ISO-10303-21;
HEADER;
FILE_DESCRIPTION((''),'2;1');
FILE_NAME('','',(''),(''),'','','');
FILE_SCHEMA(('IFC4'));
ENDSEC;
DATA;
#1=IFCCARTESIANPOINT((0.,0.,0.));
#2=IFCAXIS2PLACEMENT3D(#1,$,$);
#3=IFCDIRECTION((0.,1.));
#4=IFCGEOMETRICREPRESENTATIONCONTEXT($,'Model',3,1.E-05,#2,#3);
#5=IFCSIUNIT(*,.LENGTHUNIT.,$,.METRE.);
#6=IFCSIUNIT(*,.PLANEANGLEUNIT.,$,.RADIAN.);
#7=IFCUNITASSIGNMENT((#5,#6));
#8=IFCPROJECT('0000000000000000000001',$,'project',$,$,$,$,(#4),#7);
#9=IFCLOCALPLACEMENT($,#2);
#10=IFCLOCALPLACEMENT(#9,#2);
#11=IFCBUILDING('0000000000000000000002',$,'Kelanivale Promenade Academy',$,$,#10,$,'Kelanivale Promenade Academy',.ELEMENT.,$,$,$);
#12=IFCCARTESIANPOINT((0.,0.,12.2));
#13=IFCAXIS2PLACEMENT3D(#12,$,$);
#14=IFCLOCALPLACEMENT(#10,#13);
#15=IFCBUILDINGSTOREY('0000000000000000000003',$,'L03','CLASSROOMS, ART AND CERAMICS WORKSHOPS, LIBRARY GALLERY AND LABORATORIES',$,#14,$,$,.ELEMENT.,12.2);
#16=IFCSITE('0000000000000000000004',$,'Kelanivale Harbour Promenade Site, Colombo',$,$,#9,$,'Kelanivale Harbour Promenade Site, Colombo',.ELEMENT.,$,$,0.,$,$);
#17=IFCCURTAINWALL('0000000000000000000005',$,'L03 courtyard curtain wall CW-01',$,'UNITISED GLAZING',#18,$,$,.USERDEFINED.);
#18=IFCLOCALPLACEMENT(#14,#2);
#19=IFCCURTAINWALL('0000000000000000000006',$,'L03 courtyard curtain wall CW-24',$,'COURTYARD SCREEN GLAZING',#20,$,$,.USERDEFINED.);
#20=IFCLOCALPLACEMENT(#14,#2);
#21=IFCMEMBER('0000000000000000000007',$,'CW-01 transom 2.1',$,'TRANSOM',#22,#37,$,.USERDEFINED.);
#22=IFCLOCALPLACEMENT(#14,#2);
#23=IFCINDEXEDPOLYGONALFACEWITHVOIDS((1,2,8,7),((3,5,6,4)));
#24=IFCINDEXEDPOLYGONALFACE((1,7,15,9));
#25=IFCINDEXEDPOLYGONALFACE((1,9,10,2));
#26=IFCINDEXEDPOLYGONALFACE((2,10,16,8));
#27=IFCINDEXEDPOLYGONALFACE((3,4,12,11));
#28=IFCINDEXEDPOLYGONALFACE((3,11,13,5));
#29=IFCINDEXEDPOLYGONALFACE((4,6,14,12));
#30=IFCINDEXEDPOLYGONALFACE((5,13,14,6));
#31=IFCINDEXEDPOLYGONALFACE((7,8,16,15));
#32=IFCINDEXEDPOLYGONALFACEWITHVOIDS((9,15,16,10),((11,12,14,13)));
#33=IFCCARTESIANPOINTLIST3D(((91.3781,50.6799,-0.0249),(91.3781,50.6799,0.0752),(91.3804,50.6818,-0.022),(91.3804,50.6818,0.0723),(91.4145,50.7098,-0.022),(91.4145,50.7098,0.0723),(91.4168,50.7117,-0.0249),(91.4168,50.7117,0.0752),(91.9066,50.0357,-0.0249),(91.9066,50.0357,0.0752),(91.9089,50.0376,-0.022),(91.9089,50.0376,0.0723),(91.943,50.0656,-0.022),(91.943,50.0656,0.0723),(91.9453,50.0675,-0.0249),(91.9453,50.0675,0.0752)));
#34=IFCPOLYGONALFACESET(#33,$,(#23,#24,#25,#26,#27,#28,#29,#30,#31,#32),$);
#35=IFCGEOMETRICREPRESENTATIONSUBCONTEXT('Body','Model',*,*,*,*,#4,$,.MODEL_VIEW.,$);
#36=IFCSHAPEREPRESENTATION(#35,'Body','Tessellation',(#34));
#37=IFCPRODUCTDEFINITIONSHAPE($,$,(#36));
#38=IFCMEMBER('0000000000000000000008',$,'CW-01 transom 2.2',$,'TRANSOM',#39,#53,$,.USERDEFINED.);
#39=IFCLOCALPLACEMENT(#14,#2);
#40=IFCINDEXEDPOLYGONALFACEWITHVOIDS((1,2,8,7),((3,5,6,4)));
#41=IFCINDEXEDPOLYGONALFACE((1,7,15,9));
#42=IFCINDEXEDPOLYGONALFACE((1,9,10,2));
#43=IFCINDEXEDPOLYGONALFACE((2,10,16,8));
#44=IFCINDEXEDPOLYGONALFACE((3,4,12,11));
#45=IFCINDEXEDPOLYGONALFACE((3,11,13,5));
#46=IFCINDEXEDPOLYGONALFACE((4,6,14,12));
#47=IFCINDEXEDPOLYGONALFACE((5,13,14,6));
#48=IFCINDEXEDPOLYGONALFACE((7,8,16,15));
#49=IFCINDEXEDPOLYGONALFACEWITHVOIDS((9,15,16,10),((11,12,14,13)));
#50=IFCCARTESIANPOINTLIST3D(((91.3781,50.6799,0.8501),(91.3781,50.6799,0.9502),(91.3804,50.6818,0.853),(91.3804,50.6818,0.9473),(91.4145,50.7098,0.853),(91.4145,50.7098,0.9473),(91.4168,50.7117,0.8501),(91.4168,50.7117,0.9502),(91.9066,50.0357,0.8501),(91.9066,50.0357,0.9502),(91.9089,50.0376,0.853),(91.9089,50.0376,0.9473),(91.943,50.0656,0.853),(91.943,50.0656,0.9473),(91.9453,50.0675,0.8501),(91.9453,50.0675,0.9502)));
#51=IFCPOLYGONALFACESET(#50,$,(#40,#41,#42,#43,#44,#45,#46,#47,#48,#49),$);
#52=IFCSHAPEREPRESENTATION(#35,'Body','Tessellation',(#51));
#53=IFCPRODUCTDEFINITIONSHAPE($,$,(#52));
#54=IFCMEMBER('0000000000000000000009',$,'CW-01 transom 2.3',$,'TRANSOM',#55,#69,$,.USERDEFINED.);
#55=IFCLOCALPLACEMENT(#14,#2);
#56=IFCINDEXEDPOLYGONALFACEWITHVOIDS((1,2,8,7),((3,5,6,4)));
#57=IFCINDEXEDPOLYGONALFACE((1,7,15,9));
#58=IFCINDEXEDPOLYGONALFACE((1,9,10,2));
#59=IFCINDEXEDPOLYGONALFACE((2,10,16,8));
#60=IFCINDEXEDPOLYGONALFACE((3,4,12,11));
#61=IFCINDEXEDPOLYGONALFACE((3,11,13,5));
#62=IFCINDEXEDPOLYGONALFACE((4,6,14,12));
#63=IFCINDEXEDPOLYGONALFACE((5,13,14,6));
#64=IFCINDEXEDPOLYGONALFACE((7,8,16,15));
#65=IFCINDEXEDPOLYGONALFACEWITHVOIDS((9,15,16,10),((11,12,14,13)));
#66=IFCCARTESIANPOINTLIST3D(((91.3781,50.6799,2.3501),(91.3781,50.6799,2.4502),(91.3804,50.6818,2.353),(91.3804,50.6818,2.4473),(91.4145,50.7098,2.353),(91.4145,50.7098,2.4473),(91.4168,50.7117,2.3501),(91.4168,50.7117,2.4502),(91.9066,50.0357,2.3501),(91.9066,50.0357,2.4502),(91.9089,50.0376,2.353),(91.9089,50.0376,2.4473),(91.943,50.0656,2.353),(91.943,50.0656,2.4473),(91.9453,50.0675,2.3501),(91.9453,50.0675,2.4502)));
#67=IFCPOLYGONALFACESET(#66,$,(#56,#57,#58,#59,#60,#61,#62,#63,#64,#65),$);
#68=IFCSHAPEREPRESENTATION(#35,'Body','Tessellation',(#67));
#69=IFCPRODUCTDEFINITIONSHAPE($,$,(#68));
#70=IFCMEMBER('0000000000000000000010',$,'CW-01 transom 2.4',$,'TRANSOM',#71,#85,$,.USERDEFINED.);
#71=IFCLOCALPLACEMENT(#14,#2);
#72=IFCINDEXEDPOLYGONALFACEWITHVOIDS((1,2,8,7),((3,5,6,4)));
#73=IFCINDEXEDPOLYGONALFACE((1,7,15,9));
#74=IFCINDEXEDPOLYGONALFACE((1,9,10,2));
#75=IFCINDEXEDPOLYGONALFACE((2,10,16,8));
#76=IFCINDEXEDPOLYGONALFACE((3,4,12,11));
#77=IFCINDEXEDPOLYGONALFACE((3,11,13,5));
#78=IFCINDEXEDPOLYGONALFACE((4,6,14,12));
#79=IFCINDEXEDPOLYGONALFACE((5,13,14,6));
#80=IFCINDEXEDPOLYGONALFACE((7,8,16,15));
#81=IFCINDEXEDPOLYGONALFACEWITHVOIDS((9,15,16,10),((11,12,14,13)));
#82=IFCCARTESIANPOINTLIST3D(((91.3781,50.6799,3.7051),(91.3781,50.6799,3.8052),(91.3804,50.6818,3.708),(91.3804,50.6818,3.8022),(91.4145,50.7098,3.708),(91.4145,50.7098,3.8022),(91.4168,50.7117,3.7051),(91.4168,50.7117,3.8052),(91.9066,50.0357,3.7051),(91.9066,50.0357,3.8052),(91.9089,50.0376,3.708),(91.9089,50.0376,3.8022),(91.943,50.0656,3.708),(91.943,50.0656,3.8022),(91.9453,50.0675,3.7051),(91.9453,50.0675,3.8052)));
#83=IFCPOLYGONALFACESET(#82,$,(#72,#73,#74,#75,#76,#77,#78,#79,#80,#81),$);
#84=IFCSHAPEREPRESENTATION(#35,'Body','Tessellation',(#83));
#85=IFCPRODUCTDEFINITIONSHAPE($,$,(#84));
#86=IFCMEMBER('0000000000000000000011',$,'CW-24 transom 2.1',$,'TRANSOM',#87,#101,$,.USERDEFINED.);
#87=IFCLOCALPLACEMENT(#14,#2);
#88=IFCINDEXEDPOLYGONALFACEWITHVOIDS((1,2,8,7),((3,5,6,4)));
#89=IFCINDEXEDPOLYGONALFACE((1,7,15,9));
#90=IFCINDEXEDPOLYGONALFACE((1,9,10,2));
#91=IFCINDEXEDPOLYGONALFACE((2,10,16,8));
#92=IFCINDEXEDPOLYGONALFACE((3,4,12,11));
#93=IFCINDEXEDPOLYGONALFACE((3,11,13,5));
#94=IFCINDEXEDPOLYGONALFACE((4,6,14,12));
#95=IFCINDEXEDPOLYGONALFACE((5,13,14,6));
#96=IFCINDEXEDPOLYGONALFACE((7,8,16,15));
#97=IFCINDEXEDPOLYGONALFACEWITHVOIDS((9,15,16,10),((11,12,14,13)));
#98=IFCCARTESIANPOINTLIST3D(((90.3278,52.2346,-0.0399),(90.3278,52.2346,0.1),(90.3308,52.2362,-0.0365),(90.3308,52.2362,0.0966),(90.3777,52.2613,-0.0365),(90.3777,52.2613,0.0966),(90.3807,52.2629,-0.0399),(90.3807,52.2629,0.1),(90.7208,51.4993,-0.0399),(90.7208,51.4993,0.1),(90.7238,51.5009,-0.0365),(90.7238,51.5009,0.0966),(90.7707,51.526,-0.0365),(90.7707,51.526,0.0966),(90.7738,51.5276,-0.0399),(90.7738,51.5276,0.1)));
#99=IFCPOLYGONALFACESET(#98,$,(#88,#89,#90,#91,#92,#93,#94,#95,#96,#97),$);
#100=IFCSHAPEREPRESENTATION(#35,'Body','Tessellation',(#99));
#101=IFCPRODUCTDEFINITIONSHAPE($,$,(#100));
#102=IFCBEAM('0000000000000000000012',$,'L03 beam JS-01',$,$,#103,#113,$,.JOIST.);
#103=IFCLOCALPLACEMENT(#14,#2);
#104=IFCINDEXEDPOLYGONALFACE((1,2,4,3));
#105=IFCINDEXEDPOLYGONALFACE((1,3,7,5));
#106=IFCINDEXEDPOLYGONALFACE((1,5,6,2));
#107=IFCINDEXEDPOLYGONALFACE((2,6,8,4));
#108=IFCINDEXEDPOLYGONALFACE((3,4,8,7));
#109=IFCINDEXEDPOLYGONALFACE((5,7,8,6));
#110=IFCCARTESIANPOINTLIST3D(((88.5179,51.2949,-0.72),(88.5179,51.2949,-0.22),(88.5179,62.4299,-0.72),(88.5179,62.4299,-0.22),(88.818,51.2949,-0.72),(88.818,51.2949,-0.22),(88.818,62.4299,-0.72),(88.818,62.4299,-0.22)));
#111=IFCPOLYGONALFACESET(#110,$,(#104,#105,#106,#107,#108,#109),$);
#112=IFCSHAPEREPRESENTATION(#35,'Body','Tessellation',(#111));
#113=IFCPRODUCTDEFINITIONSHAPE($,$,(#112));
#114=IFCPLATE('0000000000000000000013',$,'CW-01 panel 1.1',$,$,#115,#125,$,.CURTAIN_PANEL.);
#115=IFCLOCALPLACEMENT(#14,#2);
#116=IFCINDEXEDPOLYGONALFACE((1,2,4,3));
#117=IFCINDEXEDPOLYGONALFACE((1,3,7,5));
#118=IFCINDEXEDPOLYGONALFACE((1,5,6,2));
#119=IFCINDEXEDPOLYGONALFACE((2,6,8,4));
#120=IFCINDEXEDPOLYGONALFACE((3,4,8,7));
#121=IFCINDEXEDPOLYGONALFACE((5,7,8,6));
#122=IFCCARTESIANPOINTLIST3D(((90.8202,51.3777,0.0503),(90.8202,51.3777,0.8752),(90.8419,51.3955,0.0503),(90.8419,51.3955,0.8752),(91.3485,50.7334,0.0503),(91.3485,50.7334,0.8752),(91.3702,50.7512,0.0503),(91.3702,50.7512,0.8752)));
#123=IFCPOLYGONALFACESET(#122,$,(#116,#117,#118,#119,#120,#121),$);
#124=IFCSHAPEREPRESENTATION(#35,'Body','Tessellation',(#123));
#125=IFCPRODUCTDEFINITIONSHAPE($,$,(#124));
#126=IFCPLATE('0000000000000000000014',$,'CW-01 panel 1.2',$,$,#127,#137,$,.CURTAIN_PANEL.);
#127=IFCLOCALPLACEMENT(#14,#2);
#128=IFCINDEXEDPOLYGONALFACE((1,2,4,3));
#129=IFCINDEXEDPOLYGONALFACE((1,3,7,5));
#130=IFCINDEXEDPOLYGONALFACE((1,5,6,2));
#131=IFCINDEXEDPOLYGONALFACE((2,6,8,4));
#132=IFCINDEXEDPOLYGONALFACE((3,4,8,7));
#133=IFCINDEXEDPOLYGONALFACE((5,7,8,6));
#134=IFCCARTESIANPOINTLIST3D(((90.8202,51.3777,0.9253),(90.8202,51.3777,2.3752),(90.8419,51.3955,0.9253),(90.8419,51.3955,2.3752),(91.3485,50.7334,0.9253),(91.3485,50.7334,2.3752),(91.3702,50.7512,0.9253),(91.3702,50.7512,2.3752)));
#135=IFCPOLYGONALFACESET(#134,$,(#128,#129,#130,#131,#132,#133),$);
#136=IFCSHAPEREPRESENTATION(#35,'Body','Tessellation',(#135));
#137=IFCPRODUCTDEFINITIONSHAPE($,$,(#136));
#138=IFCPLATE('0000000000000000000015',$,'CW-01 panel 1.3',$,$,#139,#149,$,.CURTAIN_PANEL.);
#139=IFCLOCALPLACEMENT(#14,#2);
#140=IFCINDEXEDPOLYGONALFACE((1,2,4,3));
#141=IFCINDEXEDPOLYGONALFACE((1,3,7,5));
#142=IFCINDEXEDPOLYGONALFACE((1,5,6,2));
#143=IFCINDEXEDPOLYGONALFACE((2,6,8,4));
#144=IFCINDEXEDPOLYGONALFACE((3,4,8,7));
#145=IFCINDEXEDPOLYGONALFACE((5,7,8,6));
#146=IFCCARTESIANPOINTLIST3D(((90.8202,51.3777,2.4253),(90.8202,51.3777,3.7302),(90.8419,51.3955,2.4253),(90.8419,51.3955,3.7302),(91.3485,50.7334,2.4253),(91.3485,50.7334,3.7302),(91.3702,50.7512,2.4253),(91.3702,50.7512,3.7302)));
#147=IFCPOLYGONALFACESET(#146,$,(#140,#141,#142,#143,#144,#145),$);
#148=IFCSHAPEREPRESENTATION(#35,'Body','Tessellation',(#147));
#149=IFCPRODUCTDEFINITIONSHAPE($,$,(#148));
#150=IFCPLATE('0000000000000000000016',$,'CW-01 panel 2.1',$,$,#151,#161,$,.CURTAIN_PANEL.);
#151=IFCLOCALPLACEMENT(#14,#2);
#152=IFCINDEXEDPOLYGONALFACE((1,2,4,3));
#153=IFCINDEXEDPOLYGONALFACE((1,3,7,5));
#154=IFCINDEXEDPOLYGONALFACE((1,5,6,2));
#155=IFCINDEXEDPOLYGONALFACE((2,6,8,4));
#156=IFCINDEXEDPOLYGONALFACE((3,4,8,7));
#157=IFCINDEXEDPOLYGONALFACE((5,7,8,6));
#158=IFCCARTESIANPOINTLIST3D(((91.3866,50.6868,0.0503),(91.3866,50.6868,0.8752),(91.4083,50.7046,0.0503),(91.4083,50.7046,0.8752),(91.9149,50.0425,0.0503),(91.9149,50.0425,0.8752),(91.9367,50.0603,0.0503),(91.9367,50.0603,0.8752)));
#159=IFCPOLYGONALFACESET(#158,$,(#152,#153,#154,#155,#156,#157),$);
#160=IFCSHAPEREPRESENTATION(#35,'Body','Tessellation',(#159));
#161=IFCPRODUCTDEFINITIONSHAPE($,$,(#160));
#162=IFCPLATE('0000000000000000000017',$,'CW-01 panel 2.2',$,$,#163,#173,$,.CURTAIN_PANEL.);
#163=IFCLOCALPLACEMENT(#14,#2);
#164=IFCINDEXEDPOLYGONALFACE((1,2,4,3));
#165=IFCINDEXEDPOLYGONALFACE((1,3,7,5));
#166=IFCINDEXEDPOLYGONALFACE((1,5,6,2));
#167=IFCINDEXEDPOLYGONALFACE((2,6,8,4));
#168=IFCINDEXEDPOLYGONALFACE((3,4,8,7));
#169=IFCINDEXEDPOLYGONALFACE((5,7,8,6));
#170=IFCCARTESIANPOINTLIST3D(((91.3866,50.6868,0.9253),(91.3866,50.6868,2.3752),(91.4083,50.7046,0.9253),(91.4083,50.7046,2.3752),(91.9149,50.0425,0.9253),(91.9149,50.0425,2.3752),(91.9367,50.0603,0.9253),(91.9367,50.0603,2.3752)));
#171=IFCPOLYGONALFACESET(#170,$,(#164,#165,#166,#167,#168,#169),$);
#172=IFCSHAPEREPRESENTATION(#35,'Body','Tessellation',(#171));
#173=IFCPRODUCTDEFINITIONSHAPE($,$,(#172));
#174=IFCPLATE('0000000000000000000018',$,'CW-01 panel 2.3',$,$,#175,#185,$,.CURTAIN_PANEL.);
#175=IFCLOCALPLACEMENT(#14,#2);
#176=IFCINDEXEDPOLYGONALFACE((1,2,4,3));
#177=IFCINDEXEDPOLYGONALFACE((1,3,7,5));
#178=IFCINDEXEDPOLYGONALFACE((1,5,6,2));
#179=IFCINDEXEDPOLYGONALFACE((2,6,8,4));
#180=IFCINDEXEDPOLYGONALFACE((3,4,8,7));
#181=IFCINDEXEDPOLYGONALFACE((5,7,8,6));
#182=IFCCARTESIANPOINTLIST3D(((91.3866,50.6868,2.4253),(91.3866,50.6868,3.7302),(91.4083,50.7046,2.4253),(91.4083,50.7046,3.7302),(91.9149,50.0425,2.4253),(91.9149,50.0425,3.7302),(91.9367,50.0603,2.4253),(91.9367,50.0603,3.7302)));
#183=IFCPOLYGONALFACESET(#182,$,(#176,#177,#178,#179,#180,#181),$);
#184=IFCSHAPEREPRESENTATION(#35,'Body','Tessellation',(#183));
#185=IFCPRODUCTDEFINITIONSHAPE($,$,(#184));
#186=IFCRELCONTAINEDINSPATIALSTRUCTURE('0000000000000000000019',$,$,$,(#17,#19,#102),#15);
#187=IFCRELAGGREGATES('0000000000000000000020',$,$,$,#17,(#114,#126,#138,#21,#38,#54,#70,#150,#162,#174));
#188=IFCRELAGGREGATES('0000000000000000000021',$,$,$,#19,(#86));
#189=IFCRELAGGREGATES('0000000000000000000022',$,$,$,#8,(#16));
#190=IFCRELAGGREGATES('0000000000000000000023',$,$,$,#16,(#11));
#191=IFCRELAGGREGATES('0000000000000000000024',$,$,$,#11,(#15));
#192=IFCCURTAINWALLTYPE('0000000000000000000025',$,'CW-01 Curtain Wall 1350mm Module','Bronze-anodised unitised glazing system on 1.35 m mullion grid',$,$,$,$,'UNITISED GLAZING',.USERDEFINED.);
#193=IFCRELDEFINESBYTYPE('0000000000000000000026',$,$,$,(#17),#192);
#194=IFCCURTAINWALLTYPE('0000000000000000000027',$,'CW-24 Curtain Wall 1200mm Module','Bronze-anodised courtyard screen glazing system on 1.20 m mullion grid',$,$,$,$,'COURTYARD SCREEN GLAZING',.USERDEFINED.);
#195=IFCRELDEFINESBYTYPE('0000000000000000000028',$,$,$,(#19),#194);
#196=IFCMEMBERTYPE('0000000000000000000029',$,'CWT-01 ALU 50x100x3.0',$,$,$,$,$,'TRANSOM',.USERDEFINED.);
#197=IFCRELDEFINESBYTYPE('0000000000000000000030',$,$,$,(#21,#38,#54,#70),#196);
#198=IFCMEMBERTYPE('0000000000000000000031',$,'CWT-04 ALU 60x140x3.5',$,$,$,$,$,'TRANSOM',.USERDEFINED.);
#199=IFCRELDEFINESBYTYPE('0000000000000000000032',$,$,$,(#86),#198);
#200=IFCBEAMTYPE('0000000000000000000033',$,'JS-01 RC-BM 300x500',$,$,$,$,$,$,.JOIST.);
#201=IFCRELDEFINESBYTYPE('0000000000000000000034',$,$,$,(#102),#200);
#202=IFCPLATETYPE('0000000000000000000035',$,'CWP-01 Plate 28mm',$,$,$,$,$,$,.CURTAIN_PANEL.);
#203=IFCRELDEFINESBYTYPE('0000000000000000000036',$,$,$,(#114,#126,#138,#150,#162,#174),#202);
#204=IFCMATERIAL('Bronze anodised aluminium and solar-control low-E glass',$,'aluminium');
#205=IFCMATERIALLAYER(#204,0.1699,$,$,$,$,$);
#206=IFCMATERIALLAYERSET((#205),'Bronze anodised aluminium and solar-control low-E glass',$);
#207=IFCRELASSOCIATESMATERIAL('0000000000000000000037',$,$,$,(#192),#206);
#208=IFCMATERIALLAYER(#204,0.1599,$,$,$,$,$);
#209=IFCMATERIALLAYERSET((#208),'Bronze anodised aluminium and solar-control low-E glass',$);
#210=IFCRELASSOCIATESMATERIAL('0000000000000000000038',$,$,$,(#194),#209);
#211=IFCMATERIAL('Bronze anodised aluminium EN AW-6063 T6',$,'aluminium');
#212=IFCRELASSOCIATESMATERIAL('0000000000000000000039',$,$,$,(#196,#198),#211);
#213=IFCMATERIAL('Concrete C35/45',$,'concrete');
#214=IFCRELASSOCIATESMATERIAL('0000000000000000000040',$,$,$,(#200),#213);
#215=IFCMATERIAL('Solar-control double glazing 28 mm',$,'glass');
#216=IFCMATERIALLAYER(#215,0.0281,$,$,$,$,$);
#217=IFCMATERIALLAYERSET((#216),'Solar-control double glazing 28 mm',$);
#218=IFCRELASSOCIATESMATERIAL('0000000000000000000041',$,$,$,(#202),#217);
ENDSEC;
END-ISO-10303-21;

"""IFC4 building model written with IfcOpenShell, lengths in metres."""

from ifc_helpers import new_model, si_unit, direction, frame, origin, origin_2d, place, context, subcontext, project, spatial, rectangle, hollow_rectangle, extrude, material, layer, layer_set, material_profile, profile_set, type_object, element, aggregate, save


model = new_model("IFC4")

# Units and contexts
model_context = context("Model", 3, precision=1e-05, world=origin(), true_north=direction((0.0, 1.0)))
body_context = subcontext(model_context, "Body", "Model", "MODEL_VIEW")
ifc_project = project(units=[si_unit("LENGTHUNIT", "METRE"), si_unit("PLANEANGLEUNIT", "RADIAN")], contexts=[model_context])

# Site, building, storey
site_placement = place(None, origin())
site = spatial("IfcSite", under=ifc_project, at=site_placement, Name="Kelanivale Harbour Promenade Site, Colombo", LongName="Kelanivale Harbour Promenade Site, Colombo", CompositionType="ELEMENT", RefElevation=0.0)
building_placement = place(site_placement, origin())
building = spatial("IfcBuilding", under=site, at=building_placement, Name="Kelanivale Promenade Academy", LongName="Kelanivale Promenade Academy", CompositionType="ELEMENT")
storey_placement = place(building_placement, frame((0.0, 0.0, 12.2)))
storey = spatial("IfcBuildingStorey", under=building, at=storey_placement, Name="L03", Description="CLASSROOMS, ART AND CERAMICS WORKSHOPS, LIBRARY GALLERY AND LABORATORIES", CompositionType="ELEMENT", Elevation=12.2)

# Curtain wall
ifc_material_1 = material(Name="Bronze anodised aluminium and solar-control low-E glass", Category="aluminium")
ifc_layer_1 = layer(ifc_material_1, 0.1699)
ifc_layer_set_1 = layer_set([ifc_layer_1], Name="Bronze anodised aluminium and solar-control low-E glass")
curtain_wall_type_1 = type_object("IfcCurtainWallType", Name="CW-01 Curtain Wall 1350mm Module", Description="Bronze-anodised unitised glazing system on 1.35 m mullion grid", ElementType="UNITISED GLAZING", PredefinedType="USERDEFINED", material=ifc_layer_set_1)
curtain_wall_1_placement = place(storey_placement, origin())
curtain_wall_1 = element("IfcCurtainWall", 1, at=curtain_wall_1_placement, inside=storey, type_object=curtain_wall_type_1, Name="L03 courtyard curtain wall CW-01", ObjectType="UNITISED GLAZING", PredefinedType="USERDEFINED")
ifc_material_2 = material(Name="Bronze anodised aluminium EN AW-6063 T6", Category="aluminium")

# Curtain wall
ifc_layer_2 = layer(ifc_material_1, 0.1599)
ifc_layer_set_2 = layer_set([ifc_layer_2], Name="Bronze anodised aluminium and solar-control low-E glass")
curtain_wall_type_2 = type_object("IfcCurtainWallType", Name="CW-24 Curtain Wall 1200mm Module", Description="Bronze-anodised courtyard screen glazing system on 1.20 m mullion grid", ElementType="COURTYARD SCREEN GLAZING", PredefinedType="USERDEFINED", material=ifc_layer_set_2)
curtain_wall_2_placement = place(storey_placement, origin())
curtain_wall_2 = element("IfcCurtainWall", 2, at=curtain_wall_2_placement, inside=storey, type_object=curtain_wall_type_2, Name="L03 courtyard curtain wall CW-24", ObjectType="COURTYARD SCREEN GLAZING", PredefinedType="USERDEFINED")

# Members
ifc_material_profile_1 = material_profile(ifc_material_2, hollow_rectangle(XDim=0.05, YDim=0.1001, WallThickness=0.0029, at=origin_2d()), Name="ALU 50x100x3.0")
ifc_profile_set_1 = profile_set([ifc_material_profile_1], Name="Bronze anodised aluminium EN AW-6063 T6")
member_type_1 = type_object("IfcMemberType", Name="CWT-01 ALU 50x100x3.0", ElementType="TRANSOM", PredefinedType="USERDEFINED", material=ifc_profile_set_1)
member_1_placement = place(storey_placement, frame((91.3975, 50.6958, 0.0251), z_axis=(0.634258, -0.773121, 0.0), x_axis=(0.773121, 0.634258, 0.0)))
member_1 = element("IfcMember", 3, at=member_1_placement, type_object=member_type_1, Name="CW-01 transom 2.1", ObjectType="TRANSOM", PredefinedType="USERDEFINED", context=body_context, shape_type="SweptSolid", body=[
    extrude(hollow_rectangle(XDim=0.05, YDim=0.1001, WallThickness=0.0029, at=origin_2d()), origin(), (0.0, 0.0, 1.0), 0.8333),
])
member_2_placement = place(storey_placement, frame((91.3975, 50.6958, 0.9001), z_axis=(0.634258, -0.773121, 0.0), x_axis=(0.773121, 0.634258, 0.0)))
member_2 = element("IfcMember", 4, at=member_2_placement, type_object=member_type_1, Name="CW-01 transom 2.2", ObjectType="TRANSOM", PredefinedType="USERDEFINED", context=body_context, shape_type="SweptSolid", body=[
    extrude(hollow_rectangle(XDim=0.05, YDim=0.1001, WallThickness=0.0029, at=origin_2d()), origin(), (0.0, 0.0, 1.0), 0.8333),
])
member_3_placement = place(storey_placement, frame((91.3975, 50.6958, 2.4001), z_axis=(0.634258, -0.773121, 0.0), x_axis=(0.773121, 0.634258, 0.0)))
member_3 = element("IfcMember", 5, at=member_3_placement, type_object=member_type_1, Name="CW-01 transom 2.3", ObjectType="TRANSOM", PredefinedType="USERDEFINED", context=body_context, shape_type="SweptSolid", body=[
    extrude(hollow_rectangle(XDim=0.05, YDim=0.1001, WallThickness=0.0029, at=origin_2d()), origin(), (0.0, 0.0, 1.0), 0.8333),
])
member_4_placement = place(storey_placement, frame((91.3975, 50.6958, 3.7551), z_axis=(0.634258, -0.773121, 0.0), x_axis=(0.773121, 0.634258, 0.0)))
member_4 = element("IfcMember", 6, at=member_4_placement, type_object=member_type_1, Name="CW-01 transom 2.4", ObjectType="TRANSOM", PredefinedType="USERDEFINED", context=body_context, shape_type="SweptSolid", body=[
    extrude(hollow_rectangle(XDim=0.05, YDim=0.1001, WallThickness=0.0029, at=origin_2d()), origin(), (0.0, 0.0, 1.0), 0.8333),
])
ifc_material_profile_2 = material_profile(ifc_material_2, hollow_rectangle(XDim=0.0601, YDim=0.1399, WallThickness=0.0034, at=origin_2d()), Name="ALU 60x140x3.5")
ifc_profile_set_2 = profile_set([ifc_material_profile_2], Name="Bronze anodised aluminium EN AW-6063 T6")
member_type_2 = type_object("IfcMemberType", Name="CWT-04 ALU 60x140x3.5", ElementType="TRANSOM", PredefinedType="USERDEFINED", material=ifc_profile_set_2)
member_5_placement = place(storey_placement, frame((90.3542, 52.2488, 0.03), z_axis=(0.471409, -0.881915, 0.0), x_axis=(0.881915, 0.471409, 0.0)))
member_5 = element("IfcMember", 7, at=member_5_placement, type_object=member_type_2, Name="CW-24 transom 2.1", ObjectType="TRANSOM", PredefinedType="USERDEFINED", context=body_context, shape_type="SweptSolid", body=[
    extrude(hollow_rectangle(XDim=0.0601, YDim=0.1399, WallThickness=0.0034, at=origin_2d()), origin(), (0.0, 0.0, 1.0), 0.8337),
])

# Beam
ifc_material_3 = material(Name="Concrete C35/45", Category="concrete")
ifc_material_profile_3 = material_profile(ifc_material_3, rectangle(XDim=0.3, YDim=0.5, at=origin_2d()), Name="RC-BM 300x500")
ifc_profile_set_3 = profile_set([ifc_material_profile_3], Name="Concrete C35/45")
beam_type = type_object("IfcBeamType", Name="JS-01 RC-BM 300x500", PredefinedType="JOIST", material=ifc_profile_set_3)
beam_placement = place(storey_placement, frame((88.668, 51.2949, -0.47), z_axis=(0.0, 1.0, 0.0), x_axis=(-1.0, 0.0, 0.0)))
element("IfcBeam", 8, at=beam_placement, inside=storey, type_object=beam_type, Name="L03 beam JS-01", PredefinedType="JOIST", context=body_context, shape_type="SweptSolid", body=[
    extrude(rectangle(XDim=0.3, YDim=0.5, at=origin_2d()), origin(), (0.0, 0.0, 1.0), 11.135),
])

# Plates
ifc_material_4 = material(Name="Solar-control double glazing 28 mm", Category="glass")
ifc_layer_3 = layer(ifc_material_4, 0.0281)
ifc_layer_set_3 = layer_set([ifc_layer_3], Name="Solar-control double glazing 28 mm")
plate_type_1 = type_object("IfcPlateType", Name="CWP-01 Plate 28mm", PredefinedType="CURTAIN_PANEL", material=ifc_layer_set_3)
plate_1_placement = place(storey_placement, frame((91.0952, 51.0645, 0.0503), z_axis=(0.0, 0.0, 1.0), x_axis=(0.634093, -0.773257, 0.0)))
plate_1 = element("IfcPlate", 9, at=plate_1_placement, type_object=plate_type_1, Name="CW-01 panel 1.1", PredefinedType="CURTAIN_PANEL", context=body_context, shape_type="SweptSolid", body=[
    extrude(rectangle(XDim=0.8333, YDim=0.0281, at=origin_2d()), origin(), (0.0, 0.0, 1.0), 0.825),
])
plate_2_placement = place(storey_placement, frame((91.0952, 51.0645, 0.9253), z_axis=(0.0, 0.0, 1.0), x_axis=(0.634093, -0.773257, 0.0)))
plate_2 = element("IfcPlate", 10, at=plate_2_placement, type_object=plate_type_1, Name="CW-01 panel 1.2", PredefinedType="CURTAIN_PANEL", context=body_context, shape_type="SweptSolid", body=[
    extrude(rectangle(XDim=0.8333, YDim=0.0281, at=origin_2d()), origin(), (0.0, 0.0, 1.0), 1.45),
])
plate_3_placement = place(storey_placement, frame((91.0952, 51.0645, 2.4253), z_axis=(0.0, 0.0, 1.0), x_axis=(0.634093, -0.773257, 0.0)))
plate_3 = element("IfcPlate", 11, at=plate_3_placement, type_object=plate_type_1, Name="CW-01 panel 1.3", PredefinedType="CURTAIN_PANEL", context=body_context, shape_type="SweptSolid", body=[
    extrude(rectangle(XDim=0.8333, YDim=0.0281, at=origin_2d()), origin(), (0.0, 0.0, 1.0), 1.3049),
])
plate_4_placement = place(storey_placement, frame((91.6616, 50.3735, 0.0503), z_axis=(0.0, 0.0, 1.0), x_axis=(0.634093, -0.773257, 0.0)))
plate_4 = element("IfcPlate", 12, at=plate_4_placement, type_object=plate_type_1, Name="CW-01 panel 2.1", PredefinedType="CURTAIN_PANEL", context=body_context, shape_type="SweptSolid", body=[
    extrude(rectangle(XDim=0.8333, YDim=0.0281, at=origin_2d()), origin(), (0.0, 0.0, 1.0), 0.825),
])
plate_5_placement = place(storey_placement, frame((91.6616, 50.3735, 0.9253), z_axis=(0.0, 0.0, 1.0), x_axis=(0.634093, -0.773257, 0.0)))
plate_5 = element("IfcPlate", 13, at=plate_5_placement, type_object=plate_type_1, Name="CW-01 panel 2.2", PredefinedType="CURTAIN_PANEL", context=body_context, shape_type="SweptSolid", body=[
    extrude(rectangle(XDim=0.8333, YDim=0.0281, at=origin_2d()), origin(), (0.0, 0.0, 1.0), 1.45),
])
plate_6_placement = place(storey_placement, frame((91.6616, 50.3735, 2.4253), z_axis=(0.0, 0.0, 1.0), x_axis=(0.634093, -0.773257, 0.0)))
plate_6 = element("IfcPlate", 14, at=plate_6_placement, type_object=plate_type_1, Name="CW-01 panel 2.3", PredefinedType="CURTAIN_PANEL", context=body_context, shape_type="SweptSolid", body=[
    extrude(rectangle(XDim=0.8333, YDim=0.0281, at=origin_2d()), origin(), (0.0, 0.0, 1.0), 1.3049),
])
aggregate(curtain_wall_1, [plate_1, plate_2, plate_3, member_1, member_2, member_3, member_4, plate_4, plate_5, plate_6])
aggregate(curtain_wall_2, [member_5])

save(model, "model.ifc")
